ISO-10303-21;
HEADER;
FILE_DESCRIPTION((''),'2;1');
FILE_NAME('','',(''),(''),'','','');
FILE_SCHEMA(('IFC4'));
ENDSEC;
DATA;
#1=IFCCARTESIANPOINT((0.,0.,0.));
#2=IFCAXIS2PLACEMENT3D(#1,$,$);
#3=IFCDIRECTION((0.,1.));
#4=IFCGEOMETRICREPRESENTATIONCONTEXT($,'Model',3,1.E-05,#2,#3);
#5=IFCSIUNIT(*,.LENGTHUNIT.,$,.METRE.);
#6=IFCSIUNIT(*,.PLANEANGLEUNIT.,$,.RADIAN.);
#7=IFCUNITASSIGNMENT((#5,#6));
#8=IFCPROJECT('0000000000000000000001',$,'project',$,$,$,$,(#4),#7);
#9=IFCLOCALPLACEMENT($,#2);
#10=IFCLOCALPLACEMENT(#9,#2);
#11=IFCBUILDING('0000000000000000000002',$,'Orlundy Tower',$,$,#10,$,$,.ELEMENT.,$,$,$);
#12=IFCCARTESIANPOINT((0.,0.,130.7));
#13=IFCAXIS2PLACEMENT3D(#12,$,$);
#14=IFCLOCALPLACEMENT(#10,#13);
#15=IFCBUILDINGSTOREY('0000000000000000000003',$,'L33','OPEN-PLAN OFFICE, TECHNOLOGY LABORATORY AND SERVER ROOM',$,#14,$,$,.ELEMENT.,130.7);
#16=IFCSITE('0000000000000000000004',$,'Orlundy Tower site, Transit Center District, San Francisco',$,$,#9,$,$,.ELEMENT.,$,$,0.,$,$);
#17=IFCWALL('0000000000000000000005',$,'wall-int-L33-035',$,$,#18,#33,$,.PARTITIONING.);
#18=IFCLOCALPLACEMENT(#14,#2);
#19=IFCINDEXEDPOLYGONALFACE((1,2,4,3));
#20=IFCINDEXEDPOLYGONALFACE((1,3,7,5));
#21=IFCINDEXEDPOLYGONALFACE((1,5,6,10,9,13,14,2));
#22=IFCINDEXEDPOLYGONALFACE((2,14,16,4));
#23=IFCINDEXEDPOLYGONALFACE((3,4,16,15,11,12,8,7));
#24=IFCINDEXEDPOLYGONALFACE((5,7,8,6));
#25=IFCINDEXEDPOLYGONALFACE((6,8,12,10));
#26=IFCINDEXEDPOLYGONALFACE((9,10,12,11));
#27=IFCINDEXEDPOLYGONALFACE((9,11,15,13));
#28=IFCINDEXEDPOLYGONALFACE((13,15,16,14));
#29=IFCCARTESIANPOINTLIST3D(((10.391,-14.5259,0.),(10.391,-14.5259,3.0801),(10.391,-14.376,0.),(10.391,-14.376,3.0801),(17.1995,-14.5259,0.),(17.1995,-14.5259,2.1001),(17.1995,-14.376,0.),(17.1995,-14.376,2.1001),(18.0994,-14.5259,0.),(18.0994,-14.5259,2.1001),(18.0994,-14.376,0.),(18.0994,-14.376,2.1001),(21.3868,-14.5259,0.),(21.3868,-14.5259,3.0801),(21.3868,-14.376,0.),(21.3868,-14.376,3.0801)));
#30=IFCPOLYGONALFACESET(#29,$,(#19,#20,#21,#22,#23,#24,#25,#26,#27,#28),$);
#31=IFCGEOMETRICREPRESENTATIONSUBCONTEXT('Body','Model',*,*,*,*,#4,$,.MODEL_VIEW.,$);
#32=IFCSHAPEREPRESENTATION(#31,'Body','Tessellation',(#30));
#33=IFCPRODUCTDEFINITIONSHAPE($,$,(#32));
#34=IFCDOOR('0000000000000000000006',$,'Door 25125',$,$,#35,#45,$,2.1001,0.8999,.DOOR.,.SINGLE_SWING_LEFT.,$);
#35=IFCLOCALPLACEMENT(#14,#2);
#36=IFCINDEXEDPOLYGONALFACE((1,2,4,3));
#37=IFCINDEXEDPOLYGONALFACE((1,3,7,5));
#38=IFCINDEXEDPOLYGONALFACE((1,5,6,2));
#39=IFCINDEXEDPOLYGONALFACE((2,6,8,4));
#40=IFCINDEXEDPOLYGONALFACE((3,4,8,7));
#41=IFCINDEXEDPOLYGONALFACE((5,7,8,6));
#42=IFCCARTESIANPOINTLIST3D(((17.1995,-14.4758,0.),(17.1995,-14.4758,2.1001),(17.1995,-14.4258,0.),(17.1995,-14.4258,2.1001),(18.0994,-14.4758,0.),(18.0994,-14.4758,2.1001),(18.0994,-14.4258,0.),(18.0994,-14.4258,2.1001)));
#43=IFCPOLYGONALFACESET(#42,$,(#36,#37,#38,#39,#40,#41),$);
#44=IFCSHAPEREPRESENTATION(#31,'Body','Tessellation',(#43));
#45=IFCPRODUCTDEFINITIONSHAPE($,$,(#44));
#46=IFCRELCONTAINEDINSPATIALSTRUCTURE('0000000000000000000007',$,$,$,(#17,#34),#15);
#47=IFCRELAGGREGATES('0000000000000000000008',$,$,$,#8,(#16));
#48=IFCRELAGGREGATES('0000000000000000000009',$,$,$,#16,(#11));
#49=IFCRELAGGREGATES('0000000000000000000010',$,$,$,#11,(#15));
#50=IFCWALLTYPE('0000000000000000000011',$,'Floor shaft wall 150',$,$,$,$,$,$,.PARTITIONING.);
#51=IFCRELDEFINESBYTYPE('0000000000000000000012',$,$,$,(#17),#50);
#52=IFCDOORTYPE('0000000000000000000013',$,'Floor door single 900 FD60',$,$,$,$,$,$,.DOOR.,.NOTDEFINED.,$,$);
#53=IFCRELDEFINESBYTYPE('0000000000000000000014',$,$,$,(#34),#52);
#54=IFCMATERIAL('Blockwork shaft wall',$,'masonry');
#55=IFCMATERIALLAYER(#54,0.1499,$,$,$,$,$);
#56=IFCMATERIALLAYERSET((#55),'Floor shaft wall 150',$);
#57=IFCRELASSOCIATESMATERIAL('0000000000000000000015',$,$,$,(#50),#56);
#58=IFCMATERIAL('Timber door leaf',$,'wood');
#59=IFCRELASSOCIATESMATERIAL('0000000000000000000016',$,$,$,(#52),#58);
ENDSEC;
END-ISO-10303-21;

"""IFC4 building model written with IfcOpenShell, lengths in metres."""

from ifc_helpers import new_model, si_unit, direction, frame, frame_2d, origin, place, context, subcontext, project, spatial, rectangle, extrude, material, layer, layer_set, type_object, element, fill, save


model = new_model("IFC4")

# Units and contexts
model_context = context("Model", 3, precision=1e-05, world=origin(), true_north=direction((0.0, 1.0)))
body_context = subcontext(model_context, "Body", "Model", "MODEL_VIEW")
ifc_project = project(units=[si_unit("LENGTHUNIT", "METRE"), si_unit("PLANEANGLEUNIT", "RADIAN")], contexts=[model_context])

# Site, building, storey
site_placement = place(None, origin())
site = spatial("IfcSite", under=ifc_project, at=site_placement, Name="Orlundy Tower site, Transit Center District, San Francisco", CompositionType="ELEMENT", RefElevation=0.0)
building_placement = place(site_placement, origin())
building = spatial("IfcBuilding", under=site, at=building_placement, Name="Orlundy Tower", CompositionType="ELEMENT")
storey_placement = place(building_placement, frame((0.0, 0.0, 130.7)))
storey = spatial("IfcBuildingStorey", under=building, at=storey_placement, Name="L33", Description="OPEN-PLAN OFFICE, TECHNOLOGY LABORATORY AND SERVER ROOM", CompositionType="ELEMENT", Elevation=130.7)

# Wall, opening, door
ifc_material_1 = material(Name="Blockwork shaft wall", Category="masonry")
ifc_layer_1 = layer(ifc_material_1, 0.1499)
ifc_layer_set_1 = layer_set([ifc_layer_1], Name="Floor shaft wall 150")
wall_type_1 = type_object("IfcWallType", Name="Floor shaft wall 150", PredefinedType="PARTITIONING", material=ifc_layer_set_1)
wall_1_placement = place(storey_placement, frame((21.387, -14.4509, 0.0), z_axis=(0.0, 0.0, 1.0), x_axis=(-1.0, 0.0, 0.0)))
wall_1 = element("IfcWall", 1, at=wall_1_placement, inside=storey, type_object=wall_type_1, Name="wall-int-L33-035", PredefinedType="PARTITIONING", context=body_context, shape_type="SweptSolid", body=[
    extrude(rectangle(XDim=10.9958, YDim=0.1499, at=frame_2d((5.498, 0.0))), origin(), (0.0, 0.0, 1.0), 3.0801),
])
opening_placement = place(wall_1_placement, frame((3.2876, 0.0, 0.0)))
opening = element("IfcOpeningElement", 2, at=opening_placement, cuts=wall_1, PredefinedType="OPENING", context=body_context, shape_type="SweptSolid", body=[
    extrude(rectangle(XDim=0.8999, YDim=2.1001, at=frame_2d((0.45, 1.05))), frame((0.0, 0.085, 0.0), z_axis=(0.0, -1.0, 0.0), x_axis=(1.0, 0.0, 0.0)), (0.0, 0.0, 1.0), 0.1699),
])
ifc_material_2 = material(Name="Timber door leaf", Category="wood")
door_type = type_object("IfcDoorType", Name="Floor door single 900 FD60", OperationType="NOTDEFINED", PredefinedType="DOOR", material=ifc_material_2)
door_placement = place(opening_placement, origin())
door = element("IfcDoor", 3, at=door_placement, inside=storey, type_object=door_type, Name="Door 25125", OperationType="SINGLE_SWING_LEFT", OverallHeight=2.1001, OverallWidth=0.8999, PredefinedType="DOOR", context=body_context, shape_type="SweptSolid", body=[
    extrude(rectangle(XDim=0.8999, YDim=2.1001, at=frame_2d((0.45, 1.05))), frame((0.0, 0.0249, 0.0), z_axis=(0.0, -1.0, 0.0), x_axis=(1.0, 0.0, 0.0)), (0.0, 0.0, 1.0), 0.05),
])
fill(opening, door)

save(model, "model.ifc")
